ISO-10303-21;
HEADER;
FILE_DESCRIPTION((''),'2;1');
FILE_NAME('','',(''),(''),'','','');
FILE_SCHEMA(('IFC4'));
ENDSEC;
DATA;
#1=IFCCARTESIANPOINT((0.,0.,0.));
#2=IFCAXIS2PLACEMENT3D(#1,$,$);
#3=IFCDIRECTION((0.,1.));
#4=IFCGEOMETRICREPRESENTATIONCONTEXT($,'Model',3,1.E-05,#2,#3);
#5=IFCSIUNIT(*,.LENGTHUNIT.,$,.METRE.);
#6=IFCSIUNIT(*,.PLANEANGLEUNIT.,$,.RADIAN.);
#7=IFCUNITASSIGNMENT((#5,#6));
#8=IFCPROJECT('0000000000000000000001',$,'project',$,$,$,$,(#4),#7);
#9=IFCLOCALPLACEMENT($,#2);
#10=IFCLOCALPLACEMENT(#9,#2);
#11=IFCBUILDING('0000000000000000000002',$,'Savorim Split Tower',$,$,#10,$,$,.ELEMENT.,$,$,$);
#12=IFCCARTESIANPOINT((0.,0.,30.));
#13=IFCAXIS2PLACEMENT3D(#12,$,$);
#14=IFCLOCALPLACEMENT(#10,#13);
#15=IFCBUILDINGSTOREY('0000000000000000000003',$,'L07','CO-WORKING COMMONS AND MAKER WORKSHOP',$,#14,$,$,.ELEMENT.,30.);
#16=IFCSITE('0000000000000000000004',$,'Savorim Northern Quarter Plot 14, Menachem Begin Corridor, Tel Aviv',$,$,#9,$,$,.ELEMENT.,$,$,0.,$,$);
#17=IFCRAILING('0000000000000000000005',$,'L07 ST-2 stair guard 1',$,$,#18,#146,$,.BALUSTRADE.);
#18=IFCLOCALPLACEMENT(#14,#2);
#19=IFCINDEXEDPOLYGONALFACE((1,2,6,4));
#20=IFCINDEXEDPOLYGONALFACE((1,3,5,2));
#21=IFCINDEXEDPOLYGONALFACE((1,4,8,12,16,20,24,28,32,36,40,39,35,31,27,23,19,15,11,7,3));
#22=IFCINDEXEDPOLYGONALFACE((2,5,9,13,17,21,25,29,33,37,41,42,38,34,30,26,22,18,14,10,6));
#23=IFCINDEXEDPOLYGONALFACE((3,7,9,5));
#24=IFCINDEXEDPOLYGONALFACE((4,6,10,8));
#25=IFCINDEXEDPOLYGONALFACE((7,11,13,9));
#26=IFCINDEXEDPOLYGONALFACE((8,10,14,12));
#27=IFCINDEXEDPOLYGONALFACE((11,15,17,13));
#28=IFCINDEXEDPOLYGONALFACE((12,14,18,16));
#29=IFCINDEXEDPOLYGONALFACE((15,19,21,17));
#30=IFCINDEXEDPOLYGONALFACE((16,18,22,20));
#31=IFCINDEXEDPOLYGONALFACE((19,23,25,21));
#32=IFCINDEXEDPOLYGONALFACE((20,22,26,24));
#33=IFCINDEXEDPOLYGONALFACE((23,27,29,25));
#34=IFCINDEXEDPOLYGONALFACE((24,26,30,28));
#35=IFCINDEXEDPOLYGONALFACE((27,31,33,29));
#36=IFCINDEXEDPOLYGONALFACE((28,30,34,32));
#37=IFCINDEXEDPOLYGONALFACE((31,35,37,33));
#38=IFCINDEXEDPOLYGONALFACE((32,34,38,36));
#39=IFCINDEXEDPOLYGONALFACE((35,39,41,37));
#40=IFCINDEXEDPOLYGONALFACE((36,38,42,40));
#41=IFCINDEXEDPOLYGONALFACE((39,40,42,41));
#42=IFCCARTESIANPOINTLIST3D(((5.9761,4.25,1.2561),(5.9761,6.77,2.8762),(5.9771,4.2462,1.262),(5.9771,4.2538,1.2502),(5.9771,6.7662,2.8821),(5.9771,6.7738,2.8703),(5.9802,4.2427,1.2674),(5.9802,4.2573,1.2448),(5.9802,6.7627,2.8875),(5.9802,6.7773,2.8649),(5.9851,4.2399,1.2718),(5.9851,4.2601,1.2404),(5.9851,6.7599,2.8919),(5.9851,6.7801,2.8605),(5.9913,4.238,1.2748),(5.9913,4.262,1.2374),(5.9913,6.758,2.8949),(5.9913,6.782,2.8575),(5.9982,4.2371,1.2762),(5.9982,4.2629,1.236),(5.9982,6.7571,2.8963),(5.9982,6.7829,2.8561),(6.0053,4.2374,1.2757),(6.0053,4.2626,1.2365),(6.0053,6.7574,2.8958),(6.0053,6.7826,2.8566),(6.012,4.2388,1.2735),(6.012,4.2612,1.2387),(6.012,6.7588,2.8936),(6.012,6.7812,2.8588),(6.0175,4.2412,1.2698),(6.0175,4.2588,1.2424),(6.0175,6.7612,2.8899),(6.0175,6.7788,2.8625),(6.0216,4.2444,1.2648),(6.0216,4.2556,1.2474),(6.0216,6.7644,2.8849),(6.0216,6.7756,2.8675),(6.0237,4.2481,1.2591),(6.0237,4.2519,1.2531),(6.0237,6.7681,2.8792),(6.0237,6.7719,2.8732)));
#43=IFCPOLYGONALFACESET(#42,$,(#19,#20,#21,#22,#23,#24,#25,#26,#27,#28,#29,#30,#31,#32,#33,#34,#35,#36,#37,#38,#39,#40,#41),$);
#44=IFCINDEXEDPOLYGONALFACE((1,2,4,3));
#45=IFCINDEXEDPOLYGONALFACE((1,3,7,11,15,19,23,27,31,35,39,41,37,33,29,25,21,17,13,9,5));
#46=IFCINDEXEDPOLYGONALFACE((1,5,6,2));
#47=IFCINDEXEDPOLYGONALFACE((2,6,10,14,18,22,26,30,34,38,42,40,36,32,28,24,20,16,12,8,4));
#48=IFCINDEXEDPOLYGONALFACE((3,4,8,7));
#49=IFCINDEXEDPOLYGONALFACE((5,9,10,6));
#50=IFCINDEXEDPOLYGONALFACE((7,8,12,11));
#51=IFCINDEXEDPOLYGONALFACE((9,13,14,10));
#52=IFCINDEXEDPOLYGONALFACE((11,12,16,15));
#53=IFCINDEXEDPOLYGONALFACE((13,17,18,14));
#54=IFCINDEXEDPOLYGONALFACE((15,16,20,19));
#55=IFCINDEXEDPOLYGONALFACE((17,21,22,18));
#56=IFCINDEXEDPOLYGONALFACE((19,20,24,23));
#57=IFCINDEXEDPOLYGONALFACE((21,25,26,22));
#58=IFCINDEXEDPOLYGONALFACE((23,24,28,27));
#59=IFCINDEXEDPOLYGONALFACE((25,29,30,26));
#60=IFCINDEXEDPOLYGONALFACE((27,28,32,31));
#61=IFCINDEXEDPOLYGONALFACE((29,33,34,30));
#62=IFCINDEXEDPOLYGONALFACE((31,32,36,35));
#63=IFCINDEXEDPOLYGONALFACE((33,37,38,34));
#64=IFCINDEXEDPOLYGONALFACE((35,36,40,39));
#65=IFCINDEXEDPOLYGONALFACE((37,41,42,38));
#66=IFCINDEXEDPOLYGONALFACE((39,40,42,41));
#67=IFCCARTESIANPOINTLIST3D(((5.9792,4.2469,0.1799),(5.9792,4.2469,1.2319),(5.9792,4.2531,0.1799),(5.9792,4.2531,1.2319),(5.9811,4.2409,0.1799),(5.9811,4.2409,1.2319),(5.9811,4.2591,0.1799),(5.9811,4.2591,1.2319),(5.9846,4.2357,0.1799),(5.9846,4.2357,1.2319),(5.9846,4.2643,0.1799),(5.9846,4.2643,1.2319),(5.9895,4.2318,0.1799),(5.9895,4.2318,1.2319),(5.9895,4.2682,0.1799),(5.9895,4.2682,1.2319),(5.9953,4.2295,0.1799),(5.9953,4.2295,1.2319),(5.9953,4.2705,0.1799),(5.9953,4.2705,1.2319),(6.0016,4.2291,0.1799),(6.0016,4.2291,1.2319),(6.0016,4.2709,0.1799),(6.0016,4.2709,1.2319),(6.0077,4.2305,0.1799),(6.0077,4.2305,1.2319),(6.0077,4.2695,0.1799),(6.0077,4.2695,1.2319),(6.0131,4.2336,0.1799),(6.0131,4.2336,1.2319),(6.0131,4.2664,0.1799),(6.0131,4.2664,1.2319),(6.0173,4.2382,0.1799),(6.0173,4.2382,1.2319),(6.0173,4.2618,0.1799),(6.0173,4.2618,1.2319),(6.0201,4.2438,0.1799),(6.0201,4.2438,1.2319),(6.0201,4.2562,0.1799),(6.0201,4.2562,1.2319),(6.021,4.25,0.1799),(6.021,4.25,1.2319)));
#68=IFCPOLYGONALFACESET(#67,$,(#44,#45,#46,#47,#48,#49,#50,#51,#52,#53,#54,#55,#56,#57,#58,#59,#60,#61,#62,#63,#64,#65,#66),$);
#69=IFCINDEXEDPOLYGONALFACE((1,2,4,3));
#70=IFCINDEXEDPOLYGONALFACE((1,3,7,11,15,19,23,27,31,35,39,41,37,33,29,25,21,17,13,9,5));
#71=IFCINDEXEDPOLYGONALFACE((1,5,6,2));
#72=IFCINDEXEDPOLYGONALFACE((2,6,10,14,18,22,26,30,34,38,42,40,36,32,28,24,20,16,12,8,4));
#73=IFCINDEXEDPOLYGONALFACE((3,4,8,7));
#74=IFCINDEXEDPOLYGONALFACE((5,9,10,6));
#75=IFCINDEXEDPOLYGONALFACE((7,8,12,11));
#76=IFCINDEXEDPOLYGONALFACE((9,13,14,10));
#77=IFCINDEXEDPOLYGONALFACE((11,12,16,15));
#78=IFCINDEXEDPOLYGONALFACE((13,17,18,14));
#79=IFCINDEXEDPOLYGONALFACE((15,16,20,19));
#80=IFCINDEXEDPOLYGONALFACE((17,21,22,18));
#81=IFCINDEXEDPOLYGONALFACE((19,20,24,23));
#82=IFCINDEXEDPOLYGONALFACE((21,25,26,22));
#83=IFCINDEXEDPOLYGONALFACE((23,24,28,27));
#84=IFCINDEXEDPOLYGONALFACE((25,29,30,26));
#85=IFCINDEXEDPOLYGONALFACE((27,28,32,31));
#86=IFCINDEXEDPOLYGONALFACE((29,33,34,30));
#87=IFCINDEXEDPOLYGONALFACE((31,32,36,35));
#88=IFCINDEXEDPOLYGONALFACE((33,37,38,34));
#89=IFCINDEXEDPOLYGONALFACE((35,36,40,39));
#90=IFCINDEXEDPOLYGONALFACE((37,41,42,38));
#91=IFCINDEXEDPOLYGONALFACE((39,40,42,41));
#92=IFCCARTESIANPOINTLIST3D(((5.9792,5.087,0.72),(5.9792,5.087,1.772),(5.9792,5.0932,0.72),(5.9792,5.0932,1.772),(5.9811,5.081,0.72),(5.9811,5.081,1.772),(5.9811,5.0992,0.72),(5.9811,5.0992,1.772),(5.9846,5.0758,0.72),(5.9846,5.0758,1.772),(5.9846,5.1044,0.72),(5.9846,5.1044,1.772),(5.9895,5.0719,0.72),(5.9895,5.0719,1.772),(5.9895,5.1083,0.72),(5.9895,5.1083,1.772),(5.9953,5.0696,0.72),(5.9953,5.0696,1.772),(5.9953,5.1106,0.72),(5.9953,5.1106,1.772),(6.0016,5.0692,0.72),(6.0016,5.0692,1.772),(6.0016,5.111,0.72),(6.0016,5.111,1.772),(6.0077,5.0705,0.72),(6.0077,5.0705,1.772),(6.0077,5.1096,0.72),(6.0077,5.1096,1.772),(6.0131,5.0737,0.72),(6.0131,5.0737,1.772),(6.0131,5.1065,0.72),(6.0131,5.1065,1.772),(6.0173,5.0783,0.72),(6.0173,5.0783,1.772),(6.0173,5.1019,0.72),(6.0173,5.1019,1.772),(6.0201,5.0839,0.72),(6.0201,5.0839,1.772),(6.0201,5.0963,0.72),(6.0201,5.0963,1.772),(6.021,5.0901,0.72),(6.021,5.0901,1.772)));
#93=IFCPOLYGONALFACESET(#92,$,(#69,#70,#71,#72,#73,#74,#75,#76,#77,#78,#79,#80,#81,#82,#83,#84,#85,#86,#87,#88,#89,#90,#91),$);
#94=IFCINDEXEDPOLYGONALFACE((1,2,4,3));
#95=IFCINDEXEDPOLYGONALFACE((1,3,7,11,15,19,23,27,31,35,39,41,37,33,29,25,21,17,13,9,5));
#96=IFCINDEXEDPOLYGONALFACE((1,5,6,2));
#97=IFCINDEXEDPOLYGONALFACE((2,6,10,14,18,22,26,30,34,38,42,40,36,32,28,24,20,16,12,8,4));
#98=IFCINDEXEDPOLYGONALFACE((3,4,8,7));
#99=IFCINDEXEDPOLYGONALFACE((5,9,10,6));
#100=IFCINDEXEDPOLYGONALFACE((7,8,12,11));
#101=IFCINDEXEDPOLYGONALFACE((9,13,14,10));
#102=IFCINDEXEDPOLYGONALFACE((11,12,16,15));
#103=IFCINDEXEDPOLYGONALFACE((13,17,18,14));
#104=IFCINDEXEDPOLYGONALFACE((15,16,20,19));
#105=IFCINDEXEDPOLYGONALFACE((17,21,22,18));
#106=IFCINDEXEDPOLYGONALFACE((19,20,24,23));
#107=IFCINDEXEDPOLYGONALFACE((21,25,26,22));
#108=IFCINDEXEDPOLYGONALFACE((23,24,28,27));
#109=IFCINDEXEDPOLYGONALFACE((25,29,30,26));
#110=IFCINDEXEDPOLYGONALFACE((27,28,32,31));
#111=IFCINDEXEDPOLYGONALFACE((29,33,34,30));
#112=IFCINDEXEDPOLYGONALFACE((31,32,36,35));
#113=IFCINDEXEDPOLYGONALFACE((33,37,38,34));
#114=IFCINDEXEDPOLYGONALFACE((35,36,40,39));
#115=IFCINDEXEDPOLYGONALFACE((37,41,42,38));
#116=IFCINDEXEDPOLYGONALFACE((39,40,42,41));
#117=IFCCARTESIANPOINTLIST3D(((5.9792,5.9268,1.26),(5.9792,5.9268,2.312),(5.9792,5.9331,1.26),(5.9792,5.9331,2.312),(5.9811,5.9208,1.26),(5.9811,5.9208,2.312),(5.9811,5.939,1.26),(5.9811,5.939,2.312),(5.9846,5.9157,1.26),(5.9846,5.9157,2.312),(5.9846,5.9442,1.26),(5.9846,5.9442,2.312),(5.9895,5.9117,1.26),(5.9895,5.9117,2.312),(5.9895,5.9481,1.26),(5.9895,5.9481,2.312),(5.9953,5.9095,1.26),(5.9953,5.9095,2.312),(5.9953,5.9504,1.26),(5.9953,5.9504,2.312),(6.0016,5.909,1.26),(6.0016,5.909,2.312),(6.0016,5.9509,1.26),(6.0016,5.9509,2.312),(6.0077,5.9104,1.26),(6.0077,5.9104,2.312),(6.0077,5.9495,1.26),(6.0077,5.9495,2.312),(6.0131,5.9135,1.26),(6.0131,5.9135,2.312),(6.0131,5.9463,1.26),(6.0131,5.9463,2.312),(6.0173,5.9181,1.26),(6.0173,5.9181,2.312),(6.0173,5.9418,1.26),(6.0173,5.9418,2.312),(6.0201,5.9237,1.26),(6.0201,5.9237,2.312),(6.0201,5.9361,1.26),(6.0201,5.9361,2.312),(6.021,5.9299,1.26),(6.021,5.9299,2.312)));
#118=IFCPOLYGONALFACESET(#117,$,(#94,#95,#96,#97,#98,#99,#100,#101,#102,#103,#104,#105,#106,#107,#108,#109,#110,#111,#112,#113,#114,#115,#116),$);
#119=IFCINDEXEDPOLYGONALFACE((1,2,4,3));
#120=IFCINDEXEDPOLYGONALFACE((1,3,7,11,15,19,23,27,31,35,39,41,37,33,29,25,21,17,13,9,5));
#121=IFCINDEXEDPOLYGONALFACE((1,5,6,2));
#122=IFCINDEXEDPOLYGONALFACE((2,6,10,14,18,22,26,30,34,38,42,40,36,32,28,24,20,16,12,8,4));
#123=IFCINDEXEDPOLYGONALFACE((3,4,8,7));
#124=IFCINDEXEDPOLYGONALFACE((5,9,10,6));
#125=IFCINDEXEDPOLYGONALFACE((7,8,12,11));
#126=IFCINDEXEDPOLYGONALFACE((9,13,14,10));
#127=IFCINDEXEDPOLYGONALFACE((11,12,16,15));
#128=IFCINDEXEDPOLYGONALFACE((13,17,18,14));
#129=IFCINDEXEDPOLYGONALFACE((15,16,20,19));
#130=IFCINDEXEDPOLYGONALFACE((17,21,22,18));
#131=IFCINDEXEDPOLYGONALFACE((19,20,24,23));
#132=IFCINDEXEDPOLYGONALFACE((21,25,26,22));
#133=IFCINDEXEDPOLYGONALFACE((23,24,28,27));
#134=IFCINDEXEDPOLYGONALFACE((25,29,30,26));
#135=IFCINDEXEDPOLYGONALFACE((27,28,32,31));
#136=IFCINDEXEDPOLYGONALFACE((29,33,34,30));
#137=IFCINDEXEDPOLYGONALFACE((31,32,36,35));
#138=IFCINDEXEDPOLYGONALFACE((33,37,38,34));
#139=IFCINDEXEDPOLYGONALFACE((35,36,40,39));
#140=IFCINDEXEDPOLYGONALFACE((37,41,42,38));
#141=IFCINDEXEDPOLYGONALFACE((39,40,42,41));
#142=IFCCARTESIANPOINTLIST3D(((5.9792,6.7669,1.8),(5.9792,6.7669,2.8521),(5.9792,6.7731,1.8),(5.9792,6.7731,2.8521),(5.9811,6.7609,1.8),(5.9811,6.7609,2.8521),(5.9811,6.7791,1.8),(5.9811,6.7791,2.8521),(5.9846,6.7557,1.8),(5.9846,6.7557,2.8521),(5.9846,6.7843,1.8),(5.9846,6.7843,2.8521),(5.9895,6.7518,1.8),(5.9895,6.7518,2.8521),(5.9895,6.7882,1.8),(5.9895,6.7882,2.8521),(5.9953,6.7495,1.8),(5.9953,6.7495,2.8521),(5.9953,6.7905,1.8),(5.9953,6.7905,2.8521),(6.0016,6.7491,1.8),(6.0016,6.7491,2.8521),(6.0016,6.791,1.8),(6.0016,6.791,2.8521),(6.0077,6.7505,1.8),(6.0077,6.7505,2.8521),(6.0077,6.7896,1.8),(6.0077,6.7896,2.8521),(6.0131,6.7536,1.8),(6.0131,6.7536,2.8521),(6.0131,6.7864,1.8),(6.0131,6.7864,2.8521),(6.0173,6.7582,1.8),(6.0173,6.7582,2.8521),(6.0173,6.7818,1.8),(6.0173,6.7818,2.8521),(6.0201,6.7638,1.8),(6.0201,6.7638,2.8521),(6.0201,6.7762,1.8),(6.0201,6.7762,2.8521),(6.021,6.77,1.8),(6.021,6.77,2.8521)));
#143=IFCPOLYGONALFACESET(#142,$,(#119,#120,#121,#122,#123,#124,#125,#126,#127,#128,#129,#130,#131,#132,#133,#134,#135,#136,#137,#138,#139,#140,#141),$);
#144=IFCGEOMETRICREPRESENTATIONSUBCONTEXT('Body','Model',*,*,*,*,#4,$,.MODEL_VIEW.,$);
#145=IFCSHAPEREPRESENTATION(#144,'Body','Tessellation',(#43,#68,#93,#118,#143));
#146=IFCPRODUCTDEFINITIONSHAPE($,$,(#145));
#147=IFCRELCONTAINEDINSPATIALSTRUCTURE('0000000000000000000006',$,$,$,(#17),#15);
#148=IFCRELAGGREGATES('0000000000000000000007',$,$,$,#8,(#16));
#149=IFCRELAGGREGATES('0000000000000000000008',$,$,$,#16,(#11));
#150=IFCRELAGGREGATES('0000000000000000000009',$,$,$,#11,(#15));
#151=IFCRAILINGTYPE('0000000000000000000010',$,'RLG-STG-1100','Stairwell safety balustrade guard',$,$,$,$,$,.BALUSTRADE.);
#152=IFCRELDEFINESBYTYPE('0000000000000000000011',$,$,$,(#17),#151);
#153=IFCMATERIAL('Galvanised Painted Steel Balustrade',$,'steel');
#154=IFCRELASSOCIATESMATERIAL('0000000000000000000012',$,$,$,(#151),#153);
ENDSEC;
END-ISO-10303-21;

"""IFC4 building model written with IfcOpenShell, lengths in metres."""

from ifc_helpers import new_model, si_unit, direction, frame, origin, origin_2d, place, context, subcontext, project, spatial, circle, extrude, material, type_object, element, save


model = new_model("IFC4")

# Units and contexts
model_context = context("Model", 3, precision=1e-05, world=origin(), true_north=direction((0.0, 1.0)))
body_context = subcontext(model_context, "Body", "Model", "MODEL_VIEW")
ifc_project = project(units=[si_unit("LENGTHUNIT", "METRE"), si_unit("PLANEANGLEUNIT", "RADIAN")], contexts=[model_context])

# Site, building, storey
site_placement = place(None, origin())
site = spatial("IfcSite", under=ifc_project, at=site_placement, Name="Savorim Northern Quarter Plot 14, Menachem Begin Corridor, Tel Aviv", CompositionType="ELEMENT", RefElevation=0.0)
building_placement = place(site_placement, origin())
building = spatial("IfcBuilding", under=site, at=building_placement, Name="Savorim Split Tower", CompositionType="ELEMENT")
storey_placement = place(building_placement, frame((0.0, 0.0, 30.0)))
storey = spatial("IfcBuildingStorey", under=building, at=storey_placement, Name="L07", Description="CO-WORKING COMMONS AND MAKER WORKSHOP", CompositionType="ELEMENT", Elevation=30.0)

# Railing
ifc_material_1 = material(Name="Galvanised Painted Steel Balustrade", Category="steel")
railing_type_1 = type_object("IfcRailingType", Name="RLG-STG-1100", Description="Stairwell safety balustrade guard", PredefinedType="BALUSTRADE", material=ifc_material_1)
railing_1_placement = place(storey_placement, frame((6.0, 4.25, 0.1799)))
element("IfcRailing", 1, at=railing_1_placement, inside=storey, type_object=railing_type_1, Name="L07 ST-2 stair guard 1", PredefinedType="BALUSTRADE", context=body_context, shape_type="SweptSolid", body=[
    extrude(circle(Radius=0.0239, at=origin_2d()), frame((0.0, 0.0, 1.0762), z_axis=(0.0, 0.841163, 0.540782), x_axis=(-1.0, 0.0, 0.0)), (0.0, 0.0, 1.0), 2.9958),
    extrude(circle(Radius=0.021, at=origin_2d()), origin(), (0.0, 0.0, 1.0), 1.052),
    extrude(circle(Radius=0.021, at=origin_2d()), frame((0.0, 0.8401, 0.54)), (0.0, 0.0, 1.0), 1.052),
    extrude(circle(Radius=0.021, at=origin_2d()), frame((0.0, 1.6799, 1.0801)), (0.0, 0.0, 1.0), 1.052),
    extrude(circle(Radius=0.021, at=origin_2d()), frame((0.0, 2.52, 1.6201)), (0.0, 0.0, 1.0), 1.052),
])

save(model, "model.ifc")
